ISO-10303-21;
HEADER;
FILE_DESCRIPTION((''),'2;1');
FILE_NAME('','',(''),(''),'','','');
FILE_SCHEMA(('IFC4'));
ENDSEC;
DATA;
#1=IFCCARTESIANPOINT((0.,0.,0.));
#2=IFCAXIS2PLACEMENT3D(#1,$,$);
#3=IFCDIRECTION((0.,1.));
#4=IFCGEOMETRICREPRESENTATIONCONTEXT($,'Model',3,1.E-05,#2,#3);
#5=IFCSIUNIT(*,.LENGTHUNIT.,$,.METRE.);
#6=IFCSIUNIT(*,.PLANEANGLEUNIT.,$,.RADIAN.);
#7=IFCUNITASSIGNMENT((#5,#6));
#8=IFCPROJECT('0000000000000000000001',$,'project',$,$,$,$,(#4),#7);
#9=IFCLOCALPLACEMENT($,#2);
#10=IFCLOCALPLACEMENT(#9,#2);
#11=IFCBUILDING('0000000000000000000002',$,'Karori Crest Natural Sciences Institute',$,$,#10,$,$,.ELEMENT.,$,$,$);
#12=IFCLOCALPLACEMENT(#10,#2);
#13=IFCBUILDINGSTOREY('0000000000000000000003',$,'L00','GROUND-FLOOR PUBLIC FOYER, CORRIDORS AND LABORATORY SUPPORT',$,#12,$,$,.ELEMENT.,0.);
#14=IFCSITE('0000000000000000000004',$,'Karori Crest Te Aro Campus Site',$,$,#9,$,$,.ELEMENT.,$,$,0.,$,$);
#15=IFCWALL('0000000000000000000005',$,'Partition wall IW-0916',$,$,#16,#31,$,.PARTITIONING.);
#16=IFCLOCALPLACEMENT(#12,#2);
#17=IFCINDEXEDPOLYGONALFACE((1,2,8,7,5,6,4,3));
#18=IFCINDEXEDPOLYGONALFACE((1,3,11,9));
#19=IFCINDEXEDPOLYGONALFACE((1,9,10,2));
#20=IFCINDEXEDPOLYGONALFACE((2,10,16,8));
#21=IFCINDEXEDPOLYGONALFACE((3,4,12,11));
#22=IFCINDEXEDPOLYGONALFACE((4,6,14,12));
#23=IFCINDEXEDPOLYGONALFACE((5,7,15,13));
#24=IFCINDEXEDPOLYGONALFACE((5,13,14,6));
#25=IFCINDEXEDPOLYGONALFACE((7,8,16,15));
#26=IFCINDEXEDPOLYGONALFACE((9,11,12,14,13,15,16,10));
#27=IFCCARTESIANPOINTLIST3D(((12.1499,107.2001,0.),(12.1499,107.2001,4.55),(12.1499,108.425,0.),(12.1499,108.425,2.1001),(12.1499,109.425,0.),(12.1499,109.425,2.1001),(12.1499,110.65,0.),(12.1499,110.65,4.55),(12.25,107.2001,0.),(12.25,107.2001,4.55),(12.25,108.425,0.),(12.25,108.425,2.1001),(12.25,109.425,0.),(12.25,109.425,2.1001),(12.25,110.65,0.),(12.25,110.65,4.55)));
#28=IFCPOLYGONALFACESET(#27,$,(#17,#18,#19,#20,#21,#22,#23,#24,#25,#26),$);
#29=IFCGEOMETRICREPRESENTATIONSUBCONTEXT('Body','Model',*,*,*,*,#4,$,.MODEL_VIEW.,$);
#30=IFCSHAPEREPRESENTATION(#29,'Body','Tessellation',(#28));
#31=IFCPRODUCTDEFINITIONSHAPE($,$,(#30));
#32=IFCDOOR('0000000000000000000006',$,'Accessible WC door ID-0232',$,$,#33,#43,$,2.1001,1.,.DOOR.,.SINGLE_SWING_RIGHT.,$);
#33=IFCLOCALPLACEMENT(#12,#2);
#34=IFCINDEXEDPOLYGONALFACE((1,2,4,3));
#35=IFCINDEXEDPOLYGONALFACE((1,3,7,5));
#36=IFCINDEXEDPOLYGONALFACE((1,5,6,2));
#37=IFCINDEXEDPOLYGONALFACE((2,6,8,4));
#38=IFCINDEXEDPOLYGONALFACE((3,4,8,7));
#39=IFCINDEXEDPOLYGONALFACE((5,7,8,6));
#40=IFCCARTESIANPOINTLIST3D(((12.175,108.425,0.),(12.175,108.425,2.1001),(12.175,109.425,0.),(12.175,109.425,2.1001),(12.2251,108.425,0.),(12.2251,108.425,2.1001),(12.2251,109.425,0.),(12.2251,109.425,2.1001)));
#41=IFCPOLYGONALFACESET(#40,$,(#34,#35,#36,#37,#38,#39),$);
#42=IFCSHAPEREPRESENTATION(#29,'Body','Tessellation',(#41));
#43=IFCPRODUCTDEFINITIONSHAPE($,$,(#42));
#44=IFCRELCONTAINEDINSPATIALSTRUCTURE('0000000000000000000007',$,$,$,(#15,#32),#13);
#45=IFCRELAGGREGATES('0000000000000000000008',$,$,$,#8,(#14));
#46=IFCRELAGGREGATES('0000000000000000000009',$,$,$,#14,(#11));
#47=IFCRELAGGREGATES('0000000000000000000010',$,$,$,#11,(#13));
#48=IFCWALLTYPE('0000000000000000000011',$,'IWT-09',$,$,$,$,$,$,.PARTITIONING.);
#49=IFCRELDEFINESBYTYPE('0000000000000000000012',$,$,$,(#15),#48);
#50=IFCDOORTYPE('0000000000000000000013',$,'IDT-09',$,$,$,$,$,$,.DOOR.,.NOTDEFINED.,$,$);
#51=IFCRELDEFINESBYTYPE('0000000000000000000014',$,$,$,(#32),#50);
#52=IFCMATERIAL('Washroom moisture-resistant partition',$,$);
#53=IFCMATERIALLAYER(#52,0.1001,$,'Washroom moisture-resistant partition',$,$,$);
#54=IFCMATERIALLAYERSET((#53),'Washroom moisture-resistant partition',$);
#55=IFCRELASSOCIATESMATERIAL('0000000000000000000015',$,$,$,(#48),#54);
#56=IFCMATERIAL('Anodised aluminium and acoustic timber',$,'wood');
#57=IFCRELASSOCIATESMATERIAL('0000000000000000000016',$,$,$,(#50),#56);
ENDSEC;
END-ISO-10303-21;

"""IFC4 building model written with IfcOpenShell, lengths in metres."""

from ifc_helpers import new_model, si_unit, direction, frame, frame_2d, origin, place, context, subcontext, project, spatial, rectangle, extrude, material, layer, layer_set, type_object, element, fill, save


model = new_model("IFC4")

# Units and contexts
model_context = context("Model", 3, precision=1e-05, world=origin(), true_north=direction((0.0, 1.0)))
body_context = subcontext(model_context, "Body", "Model", "MODEL_VIEW")
ifc_project = project(units=[si_unit("LENGTHUNIT", "METRE"), si_unit("PLANEANGLEUNIT", "RADIAN")], contexts=[model_context])

# Site, building, storey
site_placement = place(None, origin())
site = spatial("IfcSite", under=ifc_project, at=site_placement, Name="Karori Crest Te Aro Campus Site", CompositionType="ELEMENT", RefElevation=0.0)
building_placement = place(site_placement, origin())
building = spatial("IfcBuilding", under=site, at=building_placement, Name="Karori Crest Natural Sciences Institute", CompositionType="ELEMENT")
storey_placement = place(building_placement, origin())
storey = spatial("IfcBuildingStorey", under=building, at=storey_placement, Name="L00", Description="GROUND-FLOOR PUBLIC FOYER, CORRIDORS AND LABORATORY SUPPORT", CompositionType="ELEMENT", Elevation=0.0)

# Shared definitions
ifc_material_1 = material(Name="Washroom moisture-resistant partition")
ifc_layer_1 = layer(ifc_material_1, 0.1001, Name="Washroom moisture-resistant partition")
ifc_layer_set_1 = layer_set([ifc_layer_1], Name="Washroom moisture-resistant partition")
wall_type_1 = type_object("IfcWallType", Name="IWT-09", PredefinedType="PARTITIONING", material=ifc_layer_set_1)

# Wall, opening, door
wall_1_placement = place(storey_placement, frame((12.2, 107.2, 0.0), z_axis=(0.0, 0.0, 1.0), x_axis=(0.0, 1.0, 0.0)))
wall_1 = element("IfcWall", 1, at=wall_1_placement, inside=storey, type_object=wall_type_1, Name="Partition wall IW-0916", PredefinedType="PARTITIONING", context=body_context, shape_type="SweptSolid", body=[
    extrude(rectangle(XDim=3.45, YDim=0.1001, at=frame_2d((1.7251, 0.0))), origin(), (0.0, 0.0, 1.0), 4.55),
])
opening_1_placement = place(wall_1_placement, frame((1.2251, 0.0, 0.0)))
opening_1 = element("IfcOpeningElement", 2, at=opening_1_placement, cuts=wall_1, PredefinedType="OPENING", context=body_context, shape_type="SweptSolid", body=[
    extrude(rectangle(XDim=1.0, YDim=2.1001, at=frame_2d((0.5, 1.05))), frame((0.0, 0.0601, 0.0), z_axis=(0.0, -1.0, 0.0), x_axis=(1.0, 0.0, 0.0)), (0.0, 0.0, 1.0), 0.1201),
])
ifc_material_2 = material(Name="Anodised aluminium and acoustic timber", Category="wood")
door_type_1 = type_object("IfcDoorType", Name="IDT-09", OperationType="NOTDEFINED", PredefinedType="DOOR", material=ifc_material_2)
door_1_placement = place(opening_1_placement, origin())
door_1 = element("IfcDoor", 3, at=door_1_placement, inside=storey, type_object=door_type_1, Name="Accessible WC door ID-0232", OperationType="SINGLE_SWING_RIGHT", OverallHeight=2.1001, OverallWidth=1.0, PredefinedType="DOOR", context=body_context, shape_type="SweptSolid", body=[
    extrude(rectangle(XDim=1.0, YDim=2.1001, at=frame_2d((0.5, 1.05))), frame((0.0, 0.0249, 0.0), z_axis=(0.0, -1.0, 0.0), x_axis=(1.0, 0.0, 0.0)), (0.0, 0.0, 1.0), 0.05),
])
fill(opening_1, door_1)

save(model, "model.ifc")
